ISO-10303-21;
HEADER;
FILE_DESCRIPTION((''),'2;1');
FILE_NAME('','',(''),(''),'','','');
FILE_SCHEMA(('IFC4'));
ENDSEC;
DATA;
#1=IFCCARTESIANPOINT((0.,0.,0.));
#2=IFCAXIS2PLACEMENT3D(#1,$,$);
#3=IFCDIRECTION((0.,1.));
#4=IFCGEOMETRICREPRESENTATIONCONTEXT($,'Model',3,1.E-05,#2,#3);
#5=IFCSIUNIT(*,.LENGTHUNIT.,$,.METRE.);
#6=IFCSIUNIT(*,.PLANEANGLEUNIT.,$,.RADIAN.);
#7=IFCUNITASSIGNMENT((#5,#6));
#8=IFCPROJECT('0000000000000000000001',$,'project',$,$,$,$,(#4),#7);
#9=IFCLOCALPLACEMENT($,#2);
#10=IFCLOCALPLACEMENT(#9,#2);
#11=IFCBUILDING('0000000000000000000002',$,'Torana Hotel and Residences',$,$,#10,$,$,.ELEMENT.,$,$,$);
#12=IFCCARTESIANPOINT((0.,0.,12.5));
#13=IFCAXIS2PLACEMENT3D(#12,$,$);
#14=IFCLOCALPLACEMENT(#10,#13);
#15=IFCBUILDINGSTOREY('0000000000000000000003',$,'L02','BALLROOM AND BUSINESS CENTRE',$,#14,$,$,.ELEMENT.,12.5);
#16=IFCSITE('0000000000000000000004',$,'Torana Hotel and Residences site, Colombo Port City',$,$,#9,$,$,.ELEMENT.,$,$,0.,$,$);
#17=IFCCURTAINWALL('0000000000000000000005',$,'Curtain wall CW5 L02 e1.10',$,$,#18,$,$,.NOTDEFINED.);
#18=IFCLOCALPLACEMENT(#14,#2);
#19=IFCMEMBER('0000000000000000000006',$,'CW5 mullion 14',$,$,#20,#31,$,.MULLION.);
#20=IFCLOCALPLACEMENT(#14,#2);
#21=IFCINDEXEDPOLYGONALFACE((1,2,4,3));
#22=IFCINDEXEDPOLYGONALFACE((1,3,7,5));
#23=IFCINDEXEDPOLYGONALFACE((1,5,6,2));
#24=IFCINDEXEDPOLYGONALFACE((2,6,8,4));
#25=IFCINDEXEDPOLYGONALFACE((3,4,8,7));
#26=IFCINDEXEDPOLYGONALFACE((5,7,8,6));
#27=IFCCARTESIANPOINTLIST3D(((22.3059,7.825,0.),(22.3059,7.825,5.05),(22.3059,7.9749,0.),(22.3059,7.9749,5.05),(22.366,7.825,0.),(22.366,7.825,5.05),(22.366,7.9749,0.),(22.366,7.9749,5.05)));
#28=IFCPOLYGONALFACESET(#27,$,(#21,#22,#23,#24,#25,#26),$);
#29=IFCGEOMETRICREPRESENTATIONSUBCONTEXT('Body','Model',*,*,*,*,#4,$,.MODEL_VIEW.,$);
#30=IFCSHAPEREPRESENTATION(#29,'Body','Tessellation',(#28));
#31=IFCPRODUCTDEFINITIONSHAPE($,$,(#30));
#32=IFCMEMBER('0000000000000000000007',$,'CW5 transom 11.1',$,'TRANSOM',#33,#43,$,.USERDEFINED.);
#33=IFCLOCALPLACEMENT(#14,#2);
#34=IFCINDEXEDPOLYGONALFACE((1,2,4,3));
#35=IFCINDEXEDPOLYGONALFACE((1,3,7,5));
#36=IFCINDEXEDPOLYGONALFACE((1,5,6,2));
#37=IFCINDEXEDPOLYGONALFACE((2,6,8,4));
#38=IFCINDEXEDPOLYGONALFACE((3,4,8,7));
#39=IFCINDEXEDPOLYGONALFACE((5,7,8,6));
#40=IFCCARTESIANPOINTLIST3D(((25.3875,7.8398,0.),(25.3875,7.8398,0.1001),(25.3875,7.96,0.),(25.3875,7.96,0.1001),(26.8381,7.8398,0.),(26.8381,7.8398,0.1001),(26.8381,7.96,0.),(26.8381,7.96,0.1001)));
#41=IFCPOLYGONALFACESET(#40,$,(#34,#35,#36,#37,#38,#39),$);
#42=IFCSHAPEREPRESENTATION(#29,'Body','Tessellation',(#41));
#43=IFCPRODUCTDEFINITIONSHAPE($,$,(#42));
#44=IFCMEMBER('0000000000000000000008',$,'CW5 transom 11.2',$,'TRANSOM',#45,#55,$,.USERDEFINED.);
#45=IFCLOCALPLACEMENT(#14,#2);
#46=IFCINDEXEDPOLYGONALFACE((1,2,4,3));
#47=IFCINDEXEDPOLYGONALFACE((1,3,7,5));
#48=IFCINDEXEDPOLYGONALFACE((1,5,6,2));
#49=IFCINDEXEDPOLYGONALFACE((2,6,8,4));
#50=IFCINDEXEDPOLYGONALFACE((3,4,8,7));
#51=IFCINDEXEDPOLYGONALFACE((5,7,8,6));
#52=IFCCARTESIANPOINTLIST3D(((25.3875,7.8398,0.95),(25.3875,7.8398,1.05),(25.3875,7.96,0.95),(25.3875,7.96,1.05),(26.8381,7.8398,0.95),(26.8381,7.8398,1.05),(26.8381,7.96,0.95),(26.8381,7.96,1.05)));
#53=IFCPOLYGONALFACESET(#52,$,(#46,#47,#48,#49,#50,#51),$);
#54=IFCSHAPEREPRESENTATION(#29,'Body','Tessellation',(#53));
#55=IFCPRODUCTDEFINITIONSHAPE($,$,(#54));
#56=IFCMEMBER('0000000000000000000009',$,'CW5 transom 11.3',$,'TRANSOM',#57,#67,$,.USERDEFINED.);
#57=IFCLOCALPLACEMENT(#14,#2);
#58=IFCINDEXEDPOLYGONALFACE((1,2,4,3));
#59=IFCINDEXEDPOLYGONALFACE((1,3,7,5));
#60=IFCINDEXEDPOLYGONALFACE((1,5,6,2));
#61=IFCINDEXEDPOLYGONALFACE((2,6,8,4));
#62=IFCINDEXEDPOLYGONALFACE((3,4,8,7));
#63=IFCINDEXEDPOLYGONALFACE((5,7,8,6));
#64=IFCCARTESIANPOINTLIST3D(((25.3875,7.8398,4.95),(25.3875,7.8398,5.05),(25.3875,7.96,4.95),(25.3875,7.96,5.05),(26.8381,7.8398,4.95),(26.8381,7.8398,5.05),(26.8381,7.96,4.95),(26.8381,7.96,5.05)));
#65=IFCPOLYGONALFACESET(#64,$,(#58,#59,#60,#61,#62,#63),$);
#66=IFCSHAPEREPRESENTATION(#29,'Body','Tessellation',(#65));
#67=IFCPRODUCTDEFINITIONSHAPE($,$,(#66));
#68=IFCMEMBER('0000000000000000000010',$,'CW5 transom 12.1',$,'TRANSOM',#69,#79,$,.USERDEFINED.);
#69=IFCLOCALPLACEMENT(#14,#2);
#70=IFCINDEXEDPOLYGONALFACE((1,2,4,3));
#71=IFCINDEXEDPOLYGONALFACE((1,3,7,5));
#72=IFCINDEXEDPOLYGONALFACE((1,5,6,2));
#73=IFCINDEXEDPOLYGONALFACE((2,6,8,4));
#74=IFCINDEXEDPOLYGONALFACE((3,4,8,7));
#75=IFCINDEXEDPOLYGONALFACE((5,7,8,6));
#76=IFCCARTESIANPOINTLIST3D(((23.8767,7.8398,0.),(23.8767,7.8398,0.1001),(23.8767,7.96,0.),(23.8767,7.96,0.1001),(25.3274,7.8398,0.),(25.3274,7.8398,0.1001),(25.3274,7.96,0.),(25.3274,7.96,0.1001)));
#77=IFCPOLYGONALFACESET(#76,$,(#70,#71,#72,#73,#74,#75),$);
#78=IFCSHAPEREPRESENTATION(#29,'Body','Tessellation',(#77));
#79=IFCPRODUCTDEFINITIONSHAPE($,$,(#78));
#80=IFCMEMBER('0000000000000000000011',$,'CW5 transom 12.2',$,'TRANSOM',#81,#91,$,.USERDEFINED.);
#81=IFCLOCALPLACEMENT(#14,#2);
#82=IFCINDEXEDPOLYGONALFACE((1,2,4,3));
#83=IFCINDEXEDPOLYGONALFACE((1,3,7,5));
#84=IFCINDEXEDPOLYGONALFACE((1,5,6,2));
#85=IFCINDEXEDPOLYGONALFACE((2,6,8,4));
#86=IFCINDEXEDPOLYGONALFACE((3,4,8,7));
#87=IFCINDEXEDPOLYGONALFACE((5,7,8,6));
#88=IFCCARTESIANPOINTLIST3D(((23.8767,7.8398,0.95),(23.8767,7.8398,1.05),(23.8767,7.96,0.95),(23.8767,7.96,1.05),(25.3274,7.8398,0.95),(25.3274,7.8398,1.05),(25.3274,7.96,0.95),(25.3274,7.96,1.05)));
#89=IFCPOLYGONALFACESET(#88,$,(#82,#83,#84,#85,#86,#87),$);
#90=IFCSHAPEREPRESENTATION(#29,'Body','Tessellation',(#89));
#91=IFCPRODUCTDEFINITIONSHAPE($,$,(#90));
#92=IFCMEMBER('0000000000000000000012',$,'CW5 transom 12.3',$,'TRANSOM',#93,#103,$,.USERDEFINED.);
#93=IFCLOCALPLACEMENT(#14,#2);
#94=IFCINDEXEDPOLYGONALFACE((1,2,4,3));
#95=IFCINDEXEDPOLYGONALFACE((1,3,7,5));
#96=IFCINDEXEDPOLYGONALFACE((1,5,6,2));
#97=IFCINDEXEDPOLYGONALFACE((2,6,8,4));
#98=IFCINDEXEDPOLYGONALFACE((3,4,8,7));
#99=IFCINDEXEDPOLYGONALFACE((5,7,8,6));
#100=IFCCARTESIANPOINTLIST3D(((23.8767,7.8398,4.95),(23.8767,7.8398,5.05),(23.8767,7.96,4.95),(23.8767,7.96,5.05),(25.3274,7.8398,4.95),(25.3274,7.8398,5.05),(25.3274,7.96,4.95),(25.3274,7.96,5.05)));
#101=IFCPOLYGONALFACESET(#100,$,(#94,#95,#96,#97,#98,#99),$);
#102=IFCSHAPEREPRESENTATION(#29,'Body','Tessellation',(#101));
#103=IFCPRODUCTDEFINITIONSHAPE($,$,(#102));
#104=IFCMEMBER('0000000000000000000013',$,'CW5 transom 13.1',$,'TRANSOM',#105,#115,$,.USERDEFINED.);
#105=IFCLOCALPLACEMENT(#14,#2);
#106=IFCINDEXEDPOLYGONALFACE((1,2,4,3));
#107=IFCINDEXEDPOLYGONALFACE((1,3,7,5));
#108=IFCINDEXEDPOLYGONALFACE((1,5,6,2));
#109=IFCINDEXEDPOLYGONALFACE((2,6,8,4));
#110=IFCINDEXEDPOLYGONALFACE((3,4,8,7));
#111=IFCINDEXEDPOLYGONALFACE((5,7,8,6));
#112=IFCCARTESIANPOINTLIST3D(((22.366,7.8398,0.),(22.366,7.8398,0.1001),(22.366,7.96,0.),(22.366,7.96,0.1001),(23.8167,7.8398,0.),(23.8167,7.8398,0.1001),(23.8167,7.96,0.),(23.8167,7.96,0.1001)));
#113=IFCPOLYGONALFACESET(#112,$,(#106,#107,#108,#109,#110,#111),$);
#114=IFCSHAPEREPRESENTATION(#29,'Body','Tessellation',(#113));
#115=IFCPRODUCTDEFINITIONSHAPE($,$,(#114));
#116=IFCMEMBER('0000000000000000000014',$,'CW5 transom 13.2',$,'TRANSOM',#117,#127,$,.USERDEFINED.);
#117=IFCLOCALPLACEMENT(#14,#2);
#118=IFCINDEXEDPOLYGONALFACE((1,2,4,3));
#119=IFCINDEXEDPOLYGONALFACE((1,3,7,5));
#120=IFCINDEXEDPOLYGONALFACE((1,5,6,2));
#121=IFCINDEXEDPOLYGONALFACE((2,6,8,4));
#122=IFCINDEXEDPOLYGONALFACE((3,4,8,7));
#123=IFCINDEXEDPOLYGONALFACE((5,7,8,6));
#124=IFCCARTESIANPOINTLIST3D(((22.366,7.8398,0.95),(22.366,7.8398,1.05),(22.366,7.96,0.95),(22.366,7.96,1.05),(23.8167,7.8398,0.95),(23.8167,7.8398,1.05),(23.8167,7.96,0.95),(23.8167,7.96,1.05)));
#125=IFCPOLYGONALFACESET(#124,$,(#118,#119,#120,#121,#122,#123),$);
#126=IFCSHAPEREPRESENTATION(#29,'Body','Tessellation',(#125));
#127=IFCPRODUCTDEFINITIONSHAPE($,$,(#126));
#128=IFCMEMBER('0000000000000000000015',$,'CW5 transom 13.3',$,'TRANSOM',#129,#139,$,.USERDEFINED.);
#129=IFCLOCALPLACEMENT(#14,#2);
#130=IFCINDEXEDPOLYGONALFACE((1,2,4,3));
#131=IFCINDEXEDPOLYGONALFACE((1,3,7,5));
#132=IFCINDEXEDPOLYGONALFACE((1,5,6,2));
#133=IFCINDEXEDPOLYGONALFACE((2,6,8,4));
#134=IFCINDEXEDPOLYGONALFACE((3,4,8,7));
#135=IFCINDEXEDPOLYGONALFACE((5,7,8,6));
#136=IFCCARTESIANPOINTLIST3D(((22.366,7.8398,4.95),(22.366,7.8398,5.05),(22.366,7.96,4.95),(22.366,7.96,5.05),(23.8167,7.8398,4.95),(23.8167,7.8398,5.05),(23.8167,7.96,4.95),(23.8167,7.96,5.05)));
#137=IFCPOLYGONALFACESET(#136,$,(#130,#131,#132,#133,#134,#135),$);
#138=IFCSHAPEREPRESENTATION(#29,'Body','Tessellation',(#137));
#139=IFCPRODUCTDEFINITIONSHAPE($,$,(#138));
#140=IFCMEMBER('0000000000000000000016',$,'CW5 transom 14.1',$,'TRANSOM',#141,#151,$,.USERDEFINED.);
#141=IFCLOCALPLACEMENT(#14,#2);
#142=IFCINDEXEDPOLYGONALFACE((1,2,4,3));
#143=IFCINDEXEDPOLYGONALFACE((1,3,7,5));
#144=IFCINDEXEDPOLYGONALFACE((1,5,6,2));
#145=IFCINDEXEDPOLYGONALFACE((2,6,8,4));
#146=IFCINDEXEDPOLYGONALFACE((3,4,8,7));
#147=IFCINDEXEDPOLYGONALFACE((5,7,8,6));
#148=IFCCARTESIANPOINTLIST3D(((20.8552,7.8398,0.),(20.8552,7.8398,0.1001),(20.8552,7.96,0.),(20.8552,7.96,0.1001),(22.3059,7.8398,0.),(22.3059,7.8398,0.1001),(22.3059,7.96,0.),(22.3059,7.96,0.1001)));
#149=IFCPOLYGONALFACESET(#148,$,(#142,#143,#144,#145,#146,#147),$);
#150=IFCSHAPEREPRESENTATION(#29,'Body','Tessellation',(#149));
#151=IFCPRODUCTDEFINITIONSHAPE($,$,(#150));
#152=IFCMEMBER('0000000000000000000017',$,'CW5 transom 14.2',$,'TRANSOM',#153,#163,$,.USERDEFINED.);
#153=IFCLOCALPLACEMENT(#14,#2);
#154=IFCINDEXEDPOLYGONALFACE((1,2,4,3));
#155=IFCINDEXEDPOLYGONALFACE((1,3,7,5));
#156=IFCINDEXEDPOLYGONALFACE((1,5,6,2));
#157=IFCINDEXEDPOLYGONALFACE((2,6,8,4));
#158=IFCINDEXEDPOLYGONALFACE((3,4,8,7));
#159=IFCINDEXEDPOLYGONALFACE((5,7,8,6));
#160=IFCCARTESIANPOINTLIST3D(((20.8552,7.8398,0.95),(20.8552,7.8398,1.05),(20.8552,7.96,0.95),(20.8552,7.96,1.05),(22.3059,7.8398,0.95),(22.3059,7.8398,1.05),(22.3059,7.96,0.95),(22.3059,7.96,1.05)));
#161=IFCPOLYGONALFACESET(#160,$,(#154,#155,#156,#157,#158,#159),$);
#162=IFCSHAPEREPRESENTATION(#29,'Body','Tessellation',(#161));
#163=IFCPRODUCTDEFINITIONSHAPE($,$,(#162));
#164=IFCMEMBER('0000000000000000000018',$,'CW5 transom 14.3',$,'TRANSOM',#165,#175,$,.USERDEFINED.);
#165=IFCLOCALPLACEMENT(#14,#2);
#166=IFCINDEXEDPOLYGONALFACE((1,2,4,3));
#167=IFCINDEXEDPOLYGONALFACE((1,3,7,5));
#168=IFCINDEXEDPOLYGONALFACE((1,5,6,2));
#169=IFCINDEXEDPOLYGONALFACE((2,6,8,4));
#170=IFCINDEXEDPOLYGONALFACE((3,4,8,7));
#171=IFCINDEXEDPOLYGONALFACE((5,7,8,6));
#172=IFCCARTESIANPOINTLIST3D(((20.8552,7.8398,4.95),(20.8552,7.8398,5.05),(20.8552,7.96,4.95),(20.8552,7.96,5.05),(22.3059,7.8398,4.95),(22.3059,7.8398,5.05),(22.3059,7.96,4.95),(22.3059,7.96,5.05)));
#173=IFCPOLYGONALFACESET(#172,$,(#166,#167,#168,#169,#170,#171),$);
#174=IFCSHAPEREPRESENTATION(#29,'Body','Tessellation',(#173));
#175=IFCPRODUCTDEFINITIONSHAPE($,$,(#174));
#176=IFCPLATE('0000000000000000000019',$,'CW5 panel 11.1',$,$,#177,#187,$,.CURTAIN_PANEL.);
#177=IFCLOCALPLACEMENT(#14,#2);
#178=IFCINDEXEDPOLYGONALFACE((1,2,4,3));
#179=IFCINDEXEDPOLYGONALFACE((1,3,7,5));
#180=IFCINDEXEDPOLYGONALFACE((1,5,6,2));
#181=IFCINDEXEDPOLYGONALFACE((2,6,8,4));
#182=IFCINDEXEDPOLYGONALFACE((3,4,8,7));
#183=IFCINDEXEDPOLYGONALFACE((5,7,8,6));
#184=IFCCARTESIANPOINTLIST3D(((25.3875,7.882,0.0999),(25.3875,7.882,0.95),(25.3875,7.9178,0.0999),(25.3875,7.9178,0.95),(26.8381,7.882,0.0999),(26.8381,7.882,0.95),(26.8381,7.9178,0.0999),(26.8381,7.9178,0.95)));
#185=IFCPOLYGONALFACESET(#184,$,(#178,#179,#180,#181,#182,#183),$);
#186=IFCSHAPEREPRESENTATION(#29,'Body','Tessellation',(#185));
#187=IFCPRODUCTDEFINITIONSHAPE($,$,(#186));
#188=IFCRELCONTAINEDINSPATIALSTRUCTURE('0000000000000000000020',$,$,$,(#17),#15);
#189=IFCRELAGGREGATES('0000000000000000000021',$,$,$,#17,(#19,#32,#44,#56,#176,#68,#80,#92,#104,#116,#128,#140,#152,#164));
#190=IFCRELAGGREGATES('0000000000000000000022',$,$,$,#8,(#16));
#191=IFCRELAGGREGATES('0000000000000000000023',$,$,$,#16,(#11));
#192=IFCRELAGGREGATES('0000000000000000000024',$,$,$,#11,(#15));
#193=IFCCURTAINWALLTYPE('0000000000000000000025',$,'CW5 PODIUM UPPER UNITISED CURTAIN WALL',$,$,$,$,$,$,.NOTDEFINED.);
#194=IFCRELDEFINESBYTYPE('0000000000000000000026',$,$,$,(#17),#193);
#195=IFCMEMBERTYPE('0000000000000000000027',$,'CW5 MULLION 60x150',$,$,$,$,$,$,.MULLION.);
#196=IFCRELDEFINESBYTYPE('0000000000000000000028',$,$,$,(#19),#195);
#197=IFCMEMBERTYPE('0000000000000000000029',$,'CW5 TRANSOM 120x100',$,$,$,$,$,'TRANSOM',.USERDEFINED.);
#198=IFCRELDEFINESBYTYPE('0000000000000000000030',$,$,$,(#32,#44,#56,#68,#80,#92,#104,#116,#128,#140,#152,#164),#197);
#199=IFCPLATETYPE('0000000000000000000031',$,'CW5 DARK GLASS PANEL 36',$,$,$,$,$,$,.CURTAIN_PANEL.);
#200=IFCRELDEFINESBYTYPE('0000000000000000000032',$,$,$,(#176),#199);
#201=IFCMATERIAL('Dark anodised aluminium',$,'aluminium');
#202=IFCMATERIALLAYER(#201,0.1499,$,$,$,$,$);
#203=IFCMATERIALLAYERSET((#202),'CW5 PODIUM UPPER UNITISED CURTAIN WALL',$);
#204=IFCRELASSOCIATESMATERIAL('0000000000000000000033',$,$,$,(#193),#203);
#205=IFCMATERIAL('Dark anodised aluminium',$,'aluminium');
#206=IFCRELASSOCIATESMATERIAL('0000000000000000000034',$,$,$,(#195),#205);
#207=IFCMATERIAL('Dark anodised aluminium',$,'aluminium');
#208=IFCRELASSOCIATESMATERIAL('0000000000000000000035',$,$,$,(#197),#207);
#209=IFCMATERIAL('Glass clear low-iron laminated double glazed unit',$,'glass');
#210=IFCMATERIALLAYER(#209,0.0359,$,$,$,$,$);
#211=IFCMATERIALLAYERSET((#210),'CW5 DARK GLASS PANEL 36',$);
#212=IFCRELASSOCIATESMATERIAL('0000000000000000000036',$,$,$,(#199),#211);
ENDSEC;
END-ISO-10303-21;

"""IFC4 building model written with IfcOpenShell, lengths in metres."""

from ifc_helpers import new_model, si_unit, direction, frame, origin, origin_2d, place, context, subcontext, project, spatial, rectangle, extrude, material, layer, layer_set, material_profile, profile_set, type_object, element, aggregate, save


model = new_model("IFC4")

# Units and contexts
model_context = context("Model", 3, precision=1e-05, world=origin(), true_north=direction((0.0, 1.0)))
body_context = subcontext(model_context, "Body", "Model", "MODEL_VIEW")
ifc_project = project(units=[si_unit("LENGTHUNIT", "METRE"), si_unit("PLANEANGLEUNIT", "RADIAN")], contexts=[model_context])

# Site, building, storey
site_placement = place(None, origin())
site = spatial("IfcSite", under=ifc_project, at=site_placement, Name="Torana Hotel and Residences site, Colombo Port City", CompositionType="ELEMENT", RefElevation=0.0)
building_placement = place(site_placement, origin())
building = spatial("IfcBuilding", under=site, at=building_placement, Name="Torana Hotel and Residences", CompositionType="ELEMENT")
storey_placement = place(building_placement, frame((0.0, 0.0, 12.5)))
storey = spatial("IfcBuildingStorey", under=building, at=storey_placement, Name="L02", Description="BALLROOM AND BUSINESS CENTRE", CompositionType="ELEMENT", Elevation=12.5)

# Curtain wall, members, plate
ifc_material_1 = material(Name="Dark anodised aluminium", Category="aluminium")
ifc_layer_1 = layer(ifc_material_1, 0.1499)
ifc_layer_set_1 = layer_set([ifc_layer_1], Name="CW5 PODIUM UPPER UNITISED CURTAIN WALL")
curtain_wall_type = type_object("IfcCurtainWallType", Name="CW5 PODIUM UPPER UNITISED CURTAIN WALL", PredefinedType="NOTDEFINED", material=ifc_layer_set_1)
curtain_wall_placement = place(storey_placement, origin())
curtain_wall = element("IfcCurtainWall", 1, at=curtain_wall_placement, inside=storey, type_object=curtain_wall_type, Name="Curtain wall CW5 L02 e1.10", PredefinedType="NOTDEFINED")
ifc_material_2 = material(Name="Dark anodised aluminium", Category="aluminium")
ifc_material_profile_1 = material_profile(ifc_material_2, rectangle(XDim=0.1499, YDim=0.0601, at=origin_2d()), Name="CW5 MULLION 60x150")
ifc_profile_set_1 = profile_set([ifc_material_profile_1], Name="Dark anodised aluminium")
member_type_1 = type_object("IfcMemberType", Name="CW5 MULLION 60x150", PredefinedType="MULLION", material=ifc_profile_set_1)
member_1_placement = place(storey_placement, frame((22.3359, 7.8999, 0.0), z_axis=(0.0, 0.0, 1.0), x_axis=(0.0, -1.0, 0.0)))
member_1 = element("IfcMember", 2, at=member_1_placement, type_object=member_type_1, Name="CW5 mullion 14", PredefinedType="MULLION", context=body_context, shape_type="SweptSolid", body=[
    extrude(rectangle(XDim=0.1499, YDim=0.0601, at=origin_2d()), origin(), (0.0, 0.0, 1.0), 5.05),
])
ifc_material_3 = material(Name="Dark anodised aluminium", Category="aluminium")
ifc_material_profile_2 = material_profile(ifc_material_3, rectangle(XDim=0.1201, YDim=0.1001, at=origin_2d()), Name="CW5 TRANSOM 120x100")
ifc_profile_set_2 = profile_set([ifc_material_profile_2], Name="Dark anodised aluminium")
member_type_2 = type_object("IfcMemberType", Name="CW5 TRANSOM 120x100", ElementType="TRANSOM", PredefinedType="USERDEFINED", material=ifc_profile_set_2)
member_2_placement = place(storey_placement, frame((26.8381, 7.8999, 0.05), z_axis=(-1.0, 0.0, 0.0), x_axis=(0.0, -1.0, 0.0)))
member_2 = element("IfcMember", 3, at=member_2_placement, type_object=member_type_2, Name="CW5 transom 11.1", ObjectType="TRANSOM", PredefinedType="USERDEFINED", context=body_context, shape_type="SweptSolid", body=[
    extrude(rectangle(XDim=0.1201, YDim=0.1001, at=origin_2d()), origin(), (0.0, 0.0, 1.0), 1.4507),
])
member_3_placement = place(storey_placement, frame((26.8381, 7.8999, 1.0), z_axis=(-1.0, 0.0, 0.0), x_axis=(0.0, -1.0, 0.0)))
member_3 = element("IfcMember", 4, at=member_3_placement, type_object=member_type_2, Name="CW5 transom 11.2", ObjectType="TRANSOM", PredefinedType="USERDEFINED", context=body_context, shape_type="SweptSolid", body=[
    extrude(rectangle(XDim=0.1201, YDim=0.1001, at=origin_2d()), origin(), (0.0, 0.0, 1.0), 1.4507),
])
member_4_placement = place(storey_placement, frame((26.8381, 7.8999, 5.0), z_axis=(-1.0, 0.0, 0.0), x_axis=(0.0, -1.0, 0.0)))
member_4 = element("IfcMember", 5, at=member_4_placement, type_object=member_type_2, Name="CW5 transom 11.3", ObjectType="TRANSOM", PredefinedType="USERDEFINED", context=body_context, shape_type="SweptSolid", body=[
    extrude(rectangle(XDim=0.1201, YDim=0.1001, at=origin_2d()), origin(), (0.0, 0.0, 1.0), 1.4507),
])
member_5_placement = place(storey_placement, frame((25.3274, 7.8999, 0.05), z_axis=(-1.0, 0.0, 0.0), x_axis=(0.0, -1.0, 0.0)))
member_5 = element("IfcMember", 6, at=member_5_placement, type_object=member_type_2, Name="CW5 transom 12.1", ObjectType="TRANSOM", PredefinedType="USERDEFINED", context=body_context, shape_type="SweptSolid", body=[
    extrude(rectangle(XDim=0.1201, YDim=0.1001, at=origin_2d()), origin(), (0.0, 0.0, 1.0), 1.4507),
])
member_6_placement = place(storey_placement, frame((25.3274, 7.8999, 1.0), z_axis=(-1.0, 0.0, 0.0), x_axis=(0.0, -1.0, 0.0)))
member_6 = element("IfcMember", 7, at=member_6_placement, type_object=member_type_2, Name="CW5 transom 12.2", ObjectType="TRANSOM", PredefinedType="USERDEFINED", context=body_context, shape_type="SweptSolid", body=[
    extrude(rectangle(XDim=0.1201, YDim=0.1001, at=origin_2d()), origin(), (0.0, 0.0, 1.0), 1.4507),
])
member_7_placement = place(storey_placement, frame((25.3274, 7.8999, 5.0), z_axis=(-1.0, 0.0, 0.0), x_axis=(0.0, -1.0, 0.0)))
member_7 = element("IfcMember", 8, at=member_7_placement, type_object=member_type_2, Name="CW5 transom 12.3", ObjectType="TRANSOM", PredefinedType="USERDEFINED", context=body_context, shape_type="SweptSolid", body=[
    extrude(rectangle(XDim=0.1201, YDim=0.1001, at=origin_2d()), origin(), (0.0, 0.0, 1.0), 1.4507),
])
member_8_placement = place(storey_placement, frame((23.8167, 7.8999, 0.05), z_axis=(-1.0, 0.0, 0.0), x_axis=(0.0, -1.0, 0.0)))
member_8 = element("IfcMember", 9, at=member_8_placement, type_object=member_type_2, Name="CW5 transom 13.1", ObjectType="TRANSOM", PredefinedType="USERDEFINED", context=body_context, shape_type="SweptSolid", body=[
    extrude(rectangle(XDim=0.1201, YDim=0.1001, at=origin_2d()), origin(), (0.0, 0.0, 1.0), 1.4507),
])
member_9_placement = place(storey_placement, frame((23.8167, 7.8999, 1.0), z_axis=(-1.0, 0.0, 0.0), x_axis=(0.0, -1.0, 0.0)))
member_9 = element("IfcMember", 10, at=member_9_placement, type_object=member_type_2, Name="CW5 transom 13.2", ObjectType="TRANSOM", PredefinedType="USERDEFINED", context=body_context, shape_type="SweptSolid", body=[
    extrude(rectangle(XDim=0.1201, YDim=0.1001, at=origin_2d()), origin(), (0.0, 0.0, 1.0), 1.4507),
])
member_10_placement = place(storey_placement, frame((23.8167, 7.8999, 5.0), z_axis=(-1.0, 0.0, 0.0), x_axis=(0.0, -1.0, 0.0)))
member_10 = element("IfcMember", 11, at=member_10_placement, type_object=member_type_2, Name="CW5 transom 13.3", ObjectType="TRANSOM", PredefinedType="USERDEFINED", context=body_context, shape_type="SweptSolid", body=[
    extrude(rectangle(XDim=0.1201, YDim=0.1001, at=origin_2d()), origin(), (0.0, 0.0, 1.0), 1.4507),
])
member_11_placement = place(storey_placement, frame((22.3059, 7.8999, 0.05), z_axis=(-1.0, 0.0, 0.0), x_axis=(0.0, -1.0, 0.0)))
member_11 = element("IfcMember", 12, at=member_11_placement, type_object=member_type_2, Name="CW5 transom 14.1", ObjectType="TRANSOM", PredefinedType="USERDEFINED", context=body_context, shape_type="SweptSolid", body=[
    extrude(rectangle(XDim=0.1201, YDim=0.1001, at=origin_2d()), origin(), (0.0, 0.0, 1.0), 1.4507),
])
member_12_placement = place(storey_placement, frame((22.3059, 7.8999, 1.0), z_axis=(-1.0, 0.0, 0.0), x_axis=(0.0, -1.0, 0.0)))
member_12 = element("IfcMember", 13, at=member_12_placement, type_object=member_type_2, Name="CW5 transom 14.2", ObjectType="TRANSOM", PredefinedType="USERDEFINED", context=body_context, shape_type="SweptSolid", body=[
    extrude(rectangle(XDim=0.1201, YDim=0.1001, at=origin_2d()), origin(), (0.0, 0.0, 1.0), 1.4507),
])
member_13_placement = place(storey_placement, frame((22.3059, 7.8999, 5.0), z_axis=(-1.0, 0.0, 0.0), x_axis=(0.0, -1.0, 0.0)))
member_13 = element("IfcMember", 14, at=member_13_placement, type_object=member_type_2, Name="CW5 transom 14.3", ObjectType="TRANSOM", PredefinedType="USERDEFINED", context=body_context, shape_type="SweptSolid", body=[
    extrude(rectangle(XDim=0.1201, YDim=0.1001, at=origin_2d()), origin(), (0.0, 0.0, 1.0), 1.4507),
])
ifc_material_4 = material(Name="Glass clear low-iron laminated double glazed unit", Category="glass")
ifc_layer_2 = layer(ifc_material_4, 0.0359)
ifc_layer_set_2 = layer_set([ifc_layer_2], Name="CW5 DARK GLASS PANEL 36")
plate_type = type_object("IfcPlateType", Name="CW5 DARK GLASS PANEL 36", PredefinedType="CURTAIN_PANEL", material=ifc_layer_set_2)
plate_1_placement = place(storey_placement, frame((26.1128, 7.8999, 0.0999), z_axis=(0.0, 0.0, 1.0), x_axis=(-1.0, 0.0, 0.0)))
plate_1 = element("IfcPlate", 15, at=plate_1_placement, type_object=plate_type, Name="CW5 panel 11.1", PredefinedType="CURTAIN_PANEL", context=body_context, shape_type="SweptSolid", body=[
    extrude(rectangle(XDim=1.4507, YDim=0.0359, at=origin_2d()), origin(), (0.0, 0.0, 1.0), 0.8501),
])
aggregate(curtain_wall, [member_1, member_2, member_3, member_4, plate_1, member_5, member_6, member_7, member_8, member_9, member_10, member_11, member_12, member_13])

save(model, "model.ifc")
